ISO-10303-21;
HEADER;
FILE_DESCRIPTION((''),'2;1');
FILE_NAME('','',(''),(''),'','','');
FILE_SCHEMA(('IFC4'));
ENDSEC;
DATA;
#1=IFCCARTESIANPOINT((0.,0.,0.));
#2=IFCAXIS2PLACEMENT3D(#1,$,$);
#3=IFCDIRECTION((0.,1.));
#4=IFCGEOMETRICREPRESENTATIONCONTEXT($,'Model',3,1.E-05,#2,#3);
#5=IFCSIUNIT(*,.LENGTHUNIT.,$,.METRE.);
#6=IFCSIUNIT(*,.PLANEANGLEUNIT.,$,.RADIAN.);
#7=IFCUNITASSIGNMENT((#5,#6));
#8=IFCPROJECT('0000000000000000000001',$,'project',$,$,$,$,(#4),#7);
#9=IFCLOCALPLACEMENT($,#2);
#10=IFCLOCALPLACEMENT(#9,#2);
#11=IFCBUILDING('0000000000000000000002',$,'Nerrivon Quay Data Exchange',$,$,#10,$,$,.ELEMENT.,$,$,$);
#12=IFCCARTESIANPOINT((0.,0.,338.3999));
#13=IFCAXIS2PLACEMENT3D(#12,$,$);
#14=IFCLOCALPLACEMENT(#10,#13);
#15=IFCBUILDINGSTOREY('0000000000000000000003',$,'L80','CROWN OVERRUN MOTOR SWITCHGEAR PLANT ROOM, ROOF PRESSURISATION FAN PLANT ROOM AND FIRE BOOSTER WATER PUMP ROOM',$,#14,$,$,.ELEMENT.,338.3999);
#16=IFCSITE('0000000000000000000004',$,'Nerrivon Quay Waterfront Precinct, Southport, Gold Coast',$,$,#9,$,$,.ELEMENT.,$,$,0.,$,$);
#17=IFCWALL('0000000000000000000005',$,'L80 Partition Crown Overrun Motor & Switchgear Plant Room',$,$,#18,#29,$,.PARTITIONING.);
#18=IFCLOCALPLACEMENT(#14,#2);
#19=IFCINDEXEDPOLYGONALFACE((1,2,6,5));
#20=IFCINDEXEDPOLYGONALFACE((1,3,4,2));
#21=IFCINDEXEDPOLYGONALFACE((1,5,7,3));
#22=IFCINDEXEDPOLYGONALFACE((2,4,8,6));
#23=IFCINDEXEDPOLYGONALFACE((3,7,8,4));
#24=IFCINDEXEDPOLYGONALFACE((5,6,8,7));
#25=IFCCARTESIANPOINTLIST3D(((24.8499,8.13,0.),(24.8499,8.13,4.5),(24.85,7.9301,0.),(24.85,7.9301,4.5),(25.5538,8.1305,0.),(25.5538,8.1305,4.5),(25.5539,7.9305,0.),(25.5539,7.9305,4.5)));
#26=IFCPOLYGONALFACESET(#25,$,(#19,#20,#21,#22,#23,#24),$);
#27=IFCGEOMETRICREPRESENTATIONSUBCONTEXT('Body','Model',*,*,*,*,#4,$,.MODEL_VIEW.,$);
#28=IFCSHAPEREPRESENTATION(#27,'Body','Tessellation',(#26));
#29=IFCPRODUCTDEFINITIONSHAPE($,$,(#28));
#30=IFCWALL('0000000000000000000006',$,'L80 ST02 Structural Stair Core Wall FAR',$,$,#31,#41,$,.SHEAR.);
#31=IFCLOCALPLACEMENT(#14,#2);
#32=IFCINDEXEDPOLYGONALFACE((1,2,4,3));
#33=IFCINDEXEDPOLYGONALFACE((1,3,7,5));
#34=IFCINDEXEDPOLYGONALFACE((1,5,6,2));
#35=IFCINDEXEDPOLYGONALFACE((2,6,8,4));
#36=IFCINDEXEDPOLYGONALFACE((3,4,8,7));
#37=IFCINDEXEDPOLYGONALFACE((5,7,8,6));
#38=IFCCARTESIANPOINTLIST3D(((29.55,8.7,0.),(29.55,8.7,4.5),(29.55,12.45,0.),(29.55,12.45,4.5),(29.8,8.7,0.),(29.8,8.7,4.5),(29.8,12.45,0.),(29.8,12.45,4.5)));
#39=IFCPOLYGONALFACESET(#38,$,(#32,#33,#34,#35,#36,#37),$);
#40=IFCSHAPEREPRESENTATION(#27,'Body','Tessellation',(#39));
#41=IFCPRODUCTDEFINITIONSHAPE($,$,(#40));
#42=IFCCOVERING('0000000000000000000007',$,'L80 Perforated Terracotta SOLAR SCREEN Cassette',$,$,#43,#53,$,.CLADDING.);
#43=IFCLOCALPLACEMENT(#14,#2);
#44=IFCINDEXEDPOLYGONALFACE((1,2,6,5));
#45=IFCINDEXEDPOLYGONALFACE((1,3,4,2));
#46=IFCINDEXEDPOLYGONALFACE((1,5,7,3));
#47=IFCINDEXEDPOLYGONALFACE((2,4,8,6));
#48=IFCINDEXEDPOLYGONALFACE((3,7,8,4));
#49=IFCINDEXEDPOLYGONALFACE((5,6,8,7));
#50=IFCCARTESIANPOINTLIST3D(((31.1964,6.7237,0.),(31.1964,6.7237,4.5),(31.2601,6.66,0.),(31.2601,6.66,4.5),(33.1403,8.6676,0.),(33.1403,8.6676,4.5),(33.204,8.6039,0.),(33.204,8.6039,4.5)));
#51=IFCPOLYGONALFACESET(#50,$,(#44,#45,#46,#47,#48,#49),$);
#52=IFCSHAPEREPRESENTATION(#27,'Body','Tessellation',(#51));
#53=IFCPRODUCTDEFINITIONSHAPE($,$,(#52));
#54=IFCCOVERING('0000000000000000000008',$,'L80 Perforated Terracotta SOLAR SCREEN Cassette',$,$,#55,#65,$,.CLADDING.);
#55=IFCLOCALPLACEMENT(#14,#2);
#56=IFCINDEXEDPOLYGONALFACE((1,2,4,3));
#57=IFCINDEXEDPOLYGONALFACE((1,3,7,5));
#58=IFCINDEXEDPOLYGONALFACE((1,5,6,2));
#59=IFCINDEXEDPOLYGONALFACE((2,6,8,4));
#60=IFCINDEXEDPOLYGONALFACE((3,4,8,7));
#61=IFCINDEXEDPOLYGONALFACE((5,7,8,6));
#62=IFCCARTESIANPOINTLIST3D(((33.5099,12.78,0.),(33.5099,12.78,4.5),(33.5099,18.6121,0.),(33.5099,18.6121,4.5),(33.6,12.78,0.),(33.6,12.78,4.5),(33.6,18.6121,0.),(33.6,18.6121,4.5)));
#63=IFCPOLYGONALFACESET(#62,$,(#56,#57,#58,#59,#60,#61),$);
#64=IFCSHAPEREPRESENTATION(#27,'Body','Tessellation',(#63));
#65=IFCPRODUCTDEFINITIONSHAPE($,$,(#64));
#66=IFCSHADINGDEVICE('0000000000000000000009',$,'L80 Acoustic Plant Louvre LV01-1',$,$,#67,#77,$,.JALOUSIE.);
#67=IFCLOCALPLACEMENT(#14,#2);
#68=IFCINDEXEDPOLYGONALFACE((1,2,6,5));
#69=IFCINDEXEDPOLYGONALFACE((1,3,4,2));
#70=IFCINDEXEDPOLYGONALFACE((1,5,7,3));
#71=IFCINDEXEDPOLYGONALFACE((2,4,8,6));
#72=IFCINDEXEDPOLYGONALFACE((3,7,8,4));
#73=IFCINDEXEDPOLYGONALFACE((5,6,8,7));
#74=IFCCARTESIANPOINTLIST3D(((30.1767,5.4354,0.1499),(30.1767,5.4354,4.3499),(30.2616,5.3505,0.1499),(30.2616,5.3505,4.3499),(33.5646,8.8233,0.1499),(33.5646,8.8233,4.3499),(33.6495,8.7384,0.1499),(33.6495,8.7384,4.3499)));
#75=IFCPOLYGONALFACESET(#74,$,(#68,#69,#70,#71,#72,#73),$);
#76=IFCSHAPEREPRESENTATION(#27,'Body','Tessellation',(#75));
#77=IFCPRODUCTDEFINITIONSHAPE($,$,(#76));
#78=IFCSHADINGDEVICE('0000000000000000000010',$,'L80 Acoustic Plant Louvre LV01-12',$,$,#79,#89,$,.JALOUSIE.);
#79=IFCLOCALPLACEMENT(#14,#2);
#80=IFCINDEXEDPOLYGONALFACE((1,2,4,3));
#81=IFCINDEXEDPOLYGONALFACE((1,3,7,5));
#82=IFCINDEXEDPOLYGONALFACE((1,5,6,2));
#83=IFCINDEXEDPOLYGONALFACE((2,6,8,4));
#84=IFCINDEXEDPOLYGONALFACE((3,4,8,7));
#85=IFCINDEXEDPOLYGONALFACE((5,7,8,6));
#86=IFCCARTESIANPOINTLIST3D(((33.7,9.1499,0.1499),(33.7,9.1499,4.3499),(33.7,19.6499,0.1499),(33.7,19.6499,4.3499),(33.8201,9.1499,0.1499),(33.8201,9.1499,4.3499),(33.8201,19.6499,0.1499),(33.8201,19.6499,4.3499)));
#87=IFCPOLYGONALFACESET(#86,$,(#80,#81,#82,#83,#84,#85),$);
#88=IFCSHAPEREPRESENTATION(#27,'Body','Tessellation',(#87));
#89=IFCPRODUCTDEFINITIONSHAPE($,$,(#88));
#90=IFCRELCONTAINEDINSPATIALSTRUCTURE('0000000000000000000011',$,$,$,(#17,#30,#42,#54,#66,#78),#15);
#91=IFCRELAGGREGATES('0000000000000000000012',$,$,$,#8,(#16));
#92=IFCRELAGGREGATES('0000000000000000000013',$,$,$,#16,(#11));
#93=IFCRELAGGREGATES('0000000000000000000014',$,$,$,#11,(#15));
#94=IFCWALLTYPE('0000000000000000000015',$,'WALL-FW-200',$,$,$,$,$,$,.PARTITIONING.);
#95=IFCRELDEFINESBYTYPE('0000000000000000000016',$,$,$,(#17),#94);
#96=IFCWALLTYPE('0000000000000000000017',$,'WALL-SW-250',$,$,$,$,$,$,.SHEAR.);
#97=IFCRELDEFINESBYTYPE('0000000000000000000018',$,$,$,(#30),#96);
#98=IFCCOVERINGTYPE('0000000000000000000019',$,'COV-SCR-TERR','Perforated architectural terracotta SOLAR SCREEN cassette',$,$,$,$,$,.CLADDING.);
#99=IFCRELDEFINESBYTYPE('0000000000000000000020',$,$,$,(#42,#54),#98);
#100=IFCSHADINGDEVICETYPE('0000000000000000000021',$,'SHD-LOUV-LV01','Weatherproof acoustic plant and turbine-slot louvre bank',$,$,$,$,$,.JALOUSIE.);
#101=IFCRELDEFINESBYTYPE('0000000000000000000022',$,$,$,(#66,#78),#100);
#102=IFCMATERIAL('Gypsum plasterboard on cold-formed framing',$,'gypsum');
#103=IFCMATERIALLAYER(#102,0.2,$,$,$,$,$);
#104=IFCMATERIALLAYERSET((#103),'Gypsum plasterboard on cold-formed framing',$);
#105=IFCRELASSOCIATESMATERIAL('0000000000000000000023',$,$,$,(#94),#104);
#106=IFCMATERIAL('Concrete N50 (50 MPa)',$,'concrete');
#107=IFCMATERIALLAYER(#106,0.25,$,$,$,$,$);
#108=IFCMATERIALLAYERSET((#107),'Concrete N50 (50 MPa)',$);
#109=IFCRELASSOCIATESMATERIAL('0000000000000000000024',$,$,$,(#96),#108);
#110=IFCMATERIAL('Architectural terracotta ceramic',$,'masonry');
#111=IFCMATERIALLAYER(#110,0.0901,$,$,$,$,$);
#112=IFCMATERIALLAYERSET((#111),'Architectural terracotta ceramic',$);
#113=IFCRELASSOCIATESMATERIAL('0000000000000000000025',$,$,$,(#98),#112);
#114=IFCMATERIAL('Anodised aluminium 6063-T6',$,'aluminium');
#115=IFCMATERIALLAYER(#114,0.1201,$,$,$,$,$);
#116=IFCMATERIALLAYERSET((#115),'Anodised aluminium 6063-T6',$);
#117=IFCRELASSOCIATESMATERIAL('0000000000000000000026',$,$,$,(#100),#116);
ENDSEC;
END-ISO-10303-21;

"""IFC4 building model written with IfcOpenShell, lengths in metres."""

from ifc_helpers import new_model, si_unit, direction, frame, frame_2d, origin, origin_2d, place, context, subcontext, project, spatial, rectangle, extrude, material, layer, layer_set, type_object, element, save


model = new_model("IFC4")

# Units and contexts
model_context = context("Model", 3, precision=1e-05, world=origin(), true_north=direction((0.0, 1.0)))
body_context = subcontext(model_context, "Body", "Model", "MODEL_VIEW")
ifc_project = project(units=[si_unit("LENGTHUNIT", "METRE"), si_unit("PLANEANGLEUNIT", "RADIAN")], contexts=[model_context])

# Site, building, storey
site_placement = place(None, origin())
site = spatial("IfcSite", under=ifc_project, at=site_placement, Name="Nerrivon Quay Waterfront Precinct, Southport, Gold Coast", CompositionType="ELEMENT", RefElevation=0.0)
building_placement = place(site_placement, origin())
building = spatial("IfcBuilding", under=site, at=building_placement, Name="Nerrivon Quay Data Exchange", CompositionType="ELEMENT")
storey_placement = place(building_placement, frame((0.0, 0.0, 338.3999)))
storey = spatial("IfcBuildingStorey", under=building, at=storey_placement, Name="L80", Description="CROWN OVERRUN MOTOR SWITCHGEAR PLANT ROOM, ROOF PRESSURISATION FAN PLANT ROOM AND FIRE BOOSTER WATER PUMP ROOM", CompositionType="ELEMENT", Elevation=338.3999)

# Shared definitions
ifc_material_1 = material(Name="Concrete N50 (50 MPa)", Category="concrete")

# Shared definitions
ifc_material_2 = material(Name="Gypsum plasterboard on cold-formed framing", Category="gypsum")
ifc_layer_1 = layer(ifc_material_2, 0.2)
ifc_layer_set_1 = layer_set([ifc_layer_1], Name="Gypsum plasterboard on cold-formed framing")
wall_type_1 = type_object("IfcWallType", Name="WALL-FW-200", PredefinedType="PARTITIONING", material=ifc_layer_set_1)

# Walls
wall_1_placement = place(storey_placement, frame((25.554, 8.0305, 0.0), z_axis=(0.0, 0.0, 1.0), x_axis=(-1.0, -0.000694, 0.0)))
element("IfcWall", 1, at=wall_1_placement, inside=storey, type_object=wall_type_1, Name="L80 Partition Crown Overrun Motor & Switchgear Plant Room", PredefinedType="PARTITIONING", context=body_context, shape_type="SweptSolid", body=[
    extrude(rectangle(XDim=0.7039, YDim=0.2, at=frame_2d((0.3521, 0.0))), origin(), (0.0, 0.0, 1.0), 4.5),
])
ifc_layer_2 = layer(ifc_material_1, 0.25)
ifc_layer_set_2 = layer_set([ifc_layer_2], Name="Concrete N50 (50 MPa)")
wall_type_2 = type_object("IfcWallType", Name="WALL-SW-250", PredefinedType="SHEAR", material=ifc_layer_set_2)
wall_2_placement = place(storey_placement, frame((29.675, 8.7, 0.0), z_axis=(0.0, 0.0, 1.0), x_axis=(0.0, 1.0, 0.0)))
element("IfcWall", 2, at=wall_2_placement, inside=storey, type_object=wall_type_2, Name="L80 ST02 Structural Stair Core Wall FAR", PredefinedType="SHEAR", context=body_context, shape_type="SweptSolid", body=[
    extrude(rectangle(XDim=3.75, YDim=0.25, at=frame_2d((1.875, 0.0))), origin(), (0.0, 0.0, 1.0), 4.5),
])

# Coverings
ifc_material_3 = material(Name="Architectural terracotta ceramic", Category="masonry")
ifc_layer_3 = layer(ifc_material_3, 0.0901)
ifc_layer_set_3 = layer_set([ifc_layer_3], Name="Architectural terracotta ceramic")
covering_type = type_object("IfcCoveringType", Name="COV-SCR-TERR", Description="Perforated architectural terracotta SOLAR SCREEN cassette", PredefinedType="CLADDING", material=ifc_layer_set_3)
covering_1_placement = place(storey_placement, frame((32.2002, 7.6638, 0.0), z_axis=(0.0, 0.0, 1.0), x_axis=(-0.707107, -0.707107, 0.0)))
element("IfcCovering", 3, at=covering_1_placement, inside=storey, type_object=covering_type, Name="L80 Perforated Terracotta SOLAR SCREEN Cassette", PredefinedType="CLADDING", context=body_context, shape_type="SweptSolid", body=[
    extrude(rectangle(XDim=2.749, YDim=0.0901, at=origin_2d()), origin(), (0.0, 0.0, 1.0), 4.5),
])
covering_2_placement = place(storey_placement, frame((33.5549, 15.696, 0.0), z_axis=(0.0, 0.0, 1.0), x_axis=(0.0, -1.0, 0.0)))
element("IfcCovering", 4, at=covering_2_placement, inside=storey, type_object=covering_type, Name="L80 Perforated Terracotta SOLAR SCREEN Cassette", PredefinedType="CLADDING", context=body_context, shape_type="SweptSolid", body=[
    extrude(rectangle(XDim=5.832, YDim=0.0901, at=origin_2d()), origin(), (0.0, 0.0, 1.0), 4.5),
])

# Shading devices
ifc_material_4 = material(Name="Anodised aluminium 6063-T6", Category="aluminium")
ifc_layer_4 = layer(ifc_material_4, 0.1201)
ifc_layer_set_4 = layer_set([ifc_layer_4], Name="Anodised aluminium 6063-T6")
shading_device_type = type_object("IfcShadingDeviceType", Name="SHD-LOUV-LV01", Description="Weatherproof acoustic plant and turbine-slot louvre bank", PredefinedType="JALOUSIE", material=ifc_layer_set_4)
shading_device_1_placement = place(storey_placement, frame((31.9131, 7.0869, 0.1499), z_axis=(0.0, 0.0, 1.0), x_axis=(-0.707107, -0.707107, 0.0)))
element("IfcShadingDevice", 5, at=shading_device_1_placement, inside=storey, type_object=shading_device_type, Name="L80 Acoustic Plant Louvre LV01-1", PredefinedType="JALOUSIE", context=body_context, shape_type="SweptSolid", body=[
    extrude(rectangle(XDim=4.7913, YDim=0.1201, at=origin_2d()), origin(), (0.0, 0.0, 1.0), 4.2),
])
shading_device_2_placement = place(storey_placement, frame((33.76, 14.3999, 0.1499), z_axis=(0.0, 0.0, 1.0), x_axis=(0.0, -1.0, 0.0)))
element("IfcShadingDevice", 6, at=shading_device_2_placement, inside=storey, type_object=shading_device_type, Name="L80 Acoustic Plant Louvre LV01-12", PredefinedType="JALOUSIE", context=body_context, shape_type="SweptSolid", body=[
    extrude(rectangle(XDim=10.5, YDim=0.1201, at=origin_2d()), origin(), (0.0, 0.0, 1.0), 4.2),
])

save(model, "model.ifc")
